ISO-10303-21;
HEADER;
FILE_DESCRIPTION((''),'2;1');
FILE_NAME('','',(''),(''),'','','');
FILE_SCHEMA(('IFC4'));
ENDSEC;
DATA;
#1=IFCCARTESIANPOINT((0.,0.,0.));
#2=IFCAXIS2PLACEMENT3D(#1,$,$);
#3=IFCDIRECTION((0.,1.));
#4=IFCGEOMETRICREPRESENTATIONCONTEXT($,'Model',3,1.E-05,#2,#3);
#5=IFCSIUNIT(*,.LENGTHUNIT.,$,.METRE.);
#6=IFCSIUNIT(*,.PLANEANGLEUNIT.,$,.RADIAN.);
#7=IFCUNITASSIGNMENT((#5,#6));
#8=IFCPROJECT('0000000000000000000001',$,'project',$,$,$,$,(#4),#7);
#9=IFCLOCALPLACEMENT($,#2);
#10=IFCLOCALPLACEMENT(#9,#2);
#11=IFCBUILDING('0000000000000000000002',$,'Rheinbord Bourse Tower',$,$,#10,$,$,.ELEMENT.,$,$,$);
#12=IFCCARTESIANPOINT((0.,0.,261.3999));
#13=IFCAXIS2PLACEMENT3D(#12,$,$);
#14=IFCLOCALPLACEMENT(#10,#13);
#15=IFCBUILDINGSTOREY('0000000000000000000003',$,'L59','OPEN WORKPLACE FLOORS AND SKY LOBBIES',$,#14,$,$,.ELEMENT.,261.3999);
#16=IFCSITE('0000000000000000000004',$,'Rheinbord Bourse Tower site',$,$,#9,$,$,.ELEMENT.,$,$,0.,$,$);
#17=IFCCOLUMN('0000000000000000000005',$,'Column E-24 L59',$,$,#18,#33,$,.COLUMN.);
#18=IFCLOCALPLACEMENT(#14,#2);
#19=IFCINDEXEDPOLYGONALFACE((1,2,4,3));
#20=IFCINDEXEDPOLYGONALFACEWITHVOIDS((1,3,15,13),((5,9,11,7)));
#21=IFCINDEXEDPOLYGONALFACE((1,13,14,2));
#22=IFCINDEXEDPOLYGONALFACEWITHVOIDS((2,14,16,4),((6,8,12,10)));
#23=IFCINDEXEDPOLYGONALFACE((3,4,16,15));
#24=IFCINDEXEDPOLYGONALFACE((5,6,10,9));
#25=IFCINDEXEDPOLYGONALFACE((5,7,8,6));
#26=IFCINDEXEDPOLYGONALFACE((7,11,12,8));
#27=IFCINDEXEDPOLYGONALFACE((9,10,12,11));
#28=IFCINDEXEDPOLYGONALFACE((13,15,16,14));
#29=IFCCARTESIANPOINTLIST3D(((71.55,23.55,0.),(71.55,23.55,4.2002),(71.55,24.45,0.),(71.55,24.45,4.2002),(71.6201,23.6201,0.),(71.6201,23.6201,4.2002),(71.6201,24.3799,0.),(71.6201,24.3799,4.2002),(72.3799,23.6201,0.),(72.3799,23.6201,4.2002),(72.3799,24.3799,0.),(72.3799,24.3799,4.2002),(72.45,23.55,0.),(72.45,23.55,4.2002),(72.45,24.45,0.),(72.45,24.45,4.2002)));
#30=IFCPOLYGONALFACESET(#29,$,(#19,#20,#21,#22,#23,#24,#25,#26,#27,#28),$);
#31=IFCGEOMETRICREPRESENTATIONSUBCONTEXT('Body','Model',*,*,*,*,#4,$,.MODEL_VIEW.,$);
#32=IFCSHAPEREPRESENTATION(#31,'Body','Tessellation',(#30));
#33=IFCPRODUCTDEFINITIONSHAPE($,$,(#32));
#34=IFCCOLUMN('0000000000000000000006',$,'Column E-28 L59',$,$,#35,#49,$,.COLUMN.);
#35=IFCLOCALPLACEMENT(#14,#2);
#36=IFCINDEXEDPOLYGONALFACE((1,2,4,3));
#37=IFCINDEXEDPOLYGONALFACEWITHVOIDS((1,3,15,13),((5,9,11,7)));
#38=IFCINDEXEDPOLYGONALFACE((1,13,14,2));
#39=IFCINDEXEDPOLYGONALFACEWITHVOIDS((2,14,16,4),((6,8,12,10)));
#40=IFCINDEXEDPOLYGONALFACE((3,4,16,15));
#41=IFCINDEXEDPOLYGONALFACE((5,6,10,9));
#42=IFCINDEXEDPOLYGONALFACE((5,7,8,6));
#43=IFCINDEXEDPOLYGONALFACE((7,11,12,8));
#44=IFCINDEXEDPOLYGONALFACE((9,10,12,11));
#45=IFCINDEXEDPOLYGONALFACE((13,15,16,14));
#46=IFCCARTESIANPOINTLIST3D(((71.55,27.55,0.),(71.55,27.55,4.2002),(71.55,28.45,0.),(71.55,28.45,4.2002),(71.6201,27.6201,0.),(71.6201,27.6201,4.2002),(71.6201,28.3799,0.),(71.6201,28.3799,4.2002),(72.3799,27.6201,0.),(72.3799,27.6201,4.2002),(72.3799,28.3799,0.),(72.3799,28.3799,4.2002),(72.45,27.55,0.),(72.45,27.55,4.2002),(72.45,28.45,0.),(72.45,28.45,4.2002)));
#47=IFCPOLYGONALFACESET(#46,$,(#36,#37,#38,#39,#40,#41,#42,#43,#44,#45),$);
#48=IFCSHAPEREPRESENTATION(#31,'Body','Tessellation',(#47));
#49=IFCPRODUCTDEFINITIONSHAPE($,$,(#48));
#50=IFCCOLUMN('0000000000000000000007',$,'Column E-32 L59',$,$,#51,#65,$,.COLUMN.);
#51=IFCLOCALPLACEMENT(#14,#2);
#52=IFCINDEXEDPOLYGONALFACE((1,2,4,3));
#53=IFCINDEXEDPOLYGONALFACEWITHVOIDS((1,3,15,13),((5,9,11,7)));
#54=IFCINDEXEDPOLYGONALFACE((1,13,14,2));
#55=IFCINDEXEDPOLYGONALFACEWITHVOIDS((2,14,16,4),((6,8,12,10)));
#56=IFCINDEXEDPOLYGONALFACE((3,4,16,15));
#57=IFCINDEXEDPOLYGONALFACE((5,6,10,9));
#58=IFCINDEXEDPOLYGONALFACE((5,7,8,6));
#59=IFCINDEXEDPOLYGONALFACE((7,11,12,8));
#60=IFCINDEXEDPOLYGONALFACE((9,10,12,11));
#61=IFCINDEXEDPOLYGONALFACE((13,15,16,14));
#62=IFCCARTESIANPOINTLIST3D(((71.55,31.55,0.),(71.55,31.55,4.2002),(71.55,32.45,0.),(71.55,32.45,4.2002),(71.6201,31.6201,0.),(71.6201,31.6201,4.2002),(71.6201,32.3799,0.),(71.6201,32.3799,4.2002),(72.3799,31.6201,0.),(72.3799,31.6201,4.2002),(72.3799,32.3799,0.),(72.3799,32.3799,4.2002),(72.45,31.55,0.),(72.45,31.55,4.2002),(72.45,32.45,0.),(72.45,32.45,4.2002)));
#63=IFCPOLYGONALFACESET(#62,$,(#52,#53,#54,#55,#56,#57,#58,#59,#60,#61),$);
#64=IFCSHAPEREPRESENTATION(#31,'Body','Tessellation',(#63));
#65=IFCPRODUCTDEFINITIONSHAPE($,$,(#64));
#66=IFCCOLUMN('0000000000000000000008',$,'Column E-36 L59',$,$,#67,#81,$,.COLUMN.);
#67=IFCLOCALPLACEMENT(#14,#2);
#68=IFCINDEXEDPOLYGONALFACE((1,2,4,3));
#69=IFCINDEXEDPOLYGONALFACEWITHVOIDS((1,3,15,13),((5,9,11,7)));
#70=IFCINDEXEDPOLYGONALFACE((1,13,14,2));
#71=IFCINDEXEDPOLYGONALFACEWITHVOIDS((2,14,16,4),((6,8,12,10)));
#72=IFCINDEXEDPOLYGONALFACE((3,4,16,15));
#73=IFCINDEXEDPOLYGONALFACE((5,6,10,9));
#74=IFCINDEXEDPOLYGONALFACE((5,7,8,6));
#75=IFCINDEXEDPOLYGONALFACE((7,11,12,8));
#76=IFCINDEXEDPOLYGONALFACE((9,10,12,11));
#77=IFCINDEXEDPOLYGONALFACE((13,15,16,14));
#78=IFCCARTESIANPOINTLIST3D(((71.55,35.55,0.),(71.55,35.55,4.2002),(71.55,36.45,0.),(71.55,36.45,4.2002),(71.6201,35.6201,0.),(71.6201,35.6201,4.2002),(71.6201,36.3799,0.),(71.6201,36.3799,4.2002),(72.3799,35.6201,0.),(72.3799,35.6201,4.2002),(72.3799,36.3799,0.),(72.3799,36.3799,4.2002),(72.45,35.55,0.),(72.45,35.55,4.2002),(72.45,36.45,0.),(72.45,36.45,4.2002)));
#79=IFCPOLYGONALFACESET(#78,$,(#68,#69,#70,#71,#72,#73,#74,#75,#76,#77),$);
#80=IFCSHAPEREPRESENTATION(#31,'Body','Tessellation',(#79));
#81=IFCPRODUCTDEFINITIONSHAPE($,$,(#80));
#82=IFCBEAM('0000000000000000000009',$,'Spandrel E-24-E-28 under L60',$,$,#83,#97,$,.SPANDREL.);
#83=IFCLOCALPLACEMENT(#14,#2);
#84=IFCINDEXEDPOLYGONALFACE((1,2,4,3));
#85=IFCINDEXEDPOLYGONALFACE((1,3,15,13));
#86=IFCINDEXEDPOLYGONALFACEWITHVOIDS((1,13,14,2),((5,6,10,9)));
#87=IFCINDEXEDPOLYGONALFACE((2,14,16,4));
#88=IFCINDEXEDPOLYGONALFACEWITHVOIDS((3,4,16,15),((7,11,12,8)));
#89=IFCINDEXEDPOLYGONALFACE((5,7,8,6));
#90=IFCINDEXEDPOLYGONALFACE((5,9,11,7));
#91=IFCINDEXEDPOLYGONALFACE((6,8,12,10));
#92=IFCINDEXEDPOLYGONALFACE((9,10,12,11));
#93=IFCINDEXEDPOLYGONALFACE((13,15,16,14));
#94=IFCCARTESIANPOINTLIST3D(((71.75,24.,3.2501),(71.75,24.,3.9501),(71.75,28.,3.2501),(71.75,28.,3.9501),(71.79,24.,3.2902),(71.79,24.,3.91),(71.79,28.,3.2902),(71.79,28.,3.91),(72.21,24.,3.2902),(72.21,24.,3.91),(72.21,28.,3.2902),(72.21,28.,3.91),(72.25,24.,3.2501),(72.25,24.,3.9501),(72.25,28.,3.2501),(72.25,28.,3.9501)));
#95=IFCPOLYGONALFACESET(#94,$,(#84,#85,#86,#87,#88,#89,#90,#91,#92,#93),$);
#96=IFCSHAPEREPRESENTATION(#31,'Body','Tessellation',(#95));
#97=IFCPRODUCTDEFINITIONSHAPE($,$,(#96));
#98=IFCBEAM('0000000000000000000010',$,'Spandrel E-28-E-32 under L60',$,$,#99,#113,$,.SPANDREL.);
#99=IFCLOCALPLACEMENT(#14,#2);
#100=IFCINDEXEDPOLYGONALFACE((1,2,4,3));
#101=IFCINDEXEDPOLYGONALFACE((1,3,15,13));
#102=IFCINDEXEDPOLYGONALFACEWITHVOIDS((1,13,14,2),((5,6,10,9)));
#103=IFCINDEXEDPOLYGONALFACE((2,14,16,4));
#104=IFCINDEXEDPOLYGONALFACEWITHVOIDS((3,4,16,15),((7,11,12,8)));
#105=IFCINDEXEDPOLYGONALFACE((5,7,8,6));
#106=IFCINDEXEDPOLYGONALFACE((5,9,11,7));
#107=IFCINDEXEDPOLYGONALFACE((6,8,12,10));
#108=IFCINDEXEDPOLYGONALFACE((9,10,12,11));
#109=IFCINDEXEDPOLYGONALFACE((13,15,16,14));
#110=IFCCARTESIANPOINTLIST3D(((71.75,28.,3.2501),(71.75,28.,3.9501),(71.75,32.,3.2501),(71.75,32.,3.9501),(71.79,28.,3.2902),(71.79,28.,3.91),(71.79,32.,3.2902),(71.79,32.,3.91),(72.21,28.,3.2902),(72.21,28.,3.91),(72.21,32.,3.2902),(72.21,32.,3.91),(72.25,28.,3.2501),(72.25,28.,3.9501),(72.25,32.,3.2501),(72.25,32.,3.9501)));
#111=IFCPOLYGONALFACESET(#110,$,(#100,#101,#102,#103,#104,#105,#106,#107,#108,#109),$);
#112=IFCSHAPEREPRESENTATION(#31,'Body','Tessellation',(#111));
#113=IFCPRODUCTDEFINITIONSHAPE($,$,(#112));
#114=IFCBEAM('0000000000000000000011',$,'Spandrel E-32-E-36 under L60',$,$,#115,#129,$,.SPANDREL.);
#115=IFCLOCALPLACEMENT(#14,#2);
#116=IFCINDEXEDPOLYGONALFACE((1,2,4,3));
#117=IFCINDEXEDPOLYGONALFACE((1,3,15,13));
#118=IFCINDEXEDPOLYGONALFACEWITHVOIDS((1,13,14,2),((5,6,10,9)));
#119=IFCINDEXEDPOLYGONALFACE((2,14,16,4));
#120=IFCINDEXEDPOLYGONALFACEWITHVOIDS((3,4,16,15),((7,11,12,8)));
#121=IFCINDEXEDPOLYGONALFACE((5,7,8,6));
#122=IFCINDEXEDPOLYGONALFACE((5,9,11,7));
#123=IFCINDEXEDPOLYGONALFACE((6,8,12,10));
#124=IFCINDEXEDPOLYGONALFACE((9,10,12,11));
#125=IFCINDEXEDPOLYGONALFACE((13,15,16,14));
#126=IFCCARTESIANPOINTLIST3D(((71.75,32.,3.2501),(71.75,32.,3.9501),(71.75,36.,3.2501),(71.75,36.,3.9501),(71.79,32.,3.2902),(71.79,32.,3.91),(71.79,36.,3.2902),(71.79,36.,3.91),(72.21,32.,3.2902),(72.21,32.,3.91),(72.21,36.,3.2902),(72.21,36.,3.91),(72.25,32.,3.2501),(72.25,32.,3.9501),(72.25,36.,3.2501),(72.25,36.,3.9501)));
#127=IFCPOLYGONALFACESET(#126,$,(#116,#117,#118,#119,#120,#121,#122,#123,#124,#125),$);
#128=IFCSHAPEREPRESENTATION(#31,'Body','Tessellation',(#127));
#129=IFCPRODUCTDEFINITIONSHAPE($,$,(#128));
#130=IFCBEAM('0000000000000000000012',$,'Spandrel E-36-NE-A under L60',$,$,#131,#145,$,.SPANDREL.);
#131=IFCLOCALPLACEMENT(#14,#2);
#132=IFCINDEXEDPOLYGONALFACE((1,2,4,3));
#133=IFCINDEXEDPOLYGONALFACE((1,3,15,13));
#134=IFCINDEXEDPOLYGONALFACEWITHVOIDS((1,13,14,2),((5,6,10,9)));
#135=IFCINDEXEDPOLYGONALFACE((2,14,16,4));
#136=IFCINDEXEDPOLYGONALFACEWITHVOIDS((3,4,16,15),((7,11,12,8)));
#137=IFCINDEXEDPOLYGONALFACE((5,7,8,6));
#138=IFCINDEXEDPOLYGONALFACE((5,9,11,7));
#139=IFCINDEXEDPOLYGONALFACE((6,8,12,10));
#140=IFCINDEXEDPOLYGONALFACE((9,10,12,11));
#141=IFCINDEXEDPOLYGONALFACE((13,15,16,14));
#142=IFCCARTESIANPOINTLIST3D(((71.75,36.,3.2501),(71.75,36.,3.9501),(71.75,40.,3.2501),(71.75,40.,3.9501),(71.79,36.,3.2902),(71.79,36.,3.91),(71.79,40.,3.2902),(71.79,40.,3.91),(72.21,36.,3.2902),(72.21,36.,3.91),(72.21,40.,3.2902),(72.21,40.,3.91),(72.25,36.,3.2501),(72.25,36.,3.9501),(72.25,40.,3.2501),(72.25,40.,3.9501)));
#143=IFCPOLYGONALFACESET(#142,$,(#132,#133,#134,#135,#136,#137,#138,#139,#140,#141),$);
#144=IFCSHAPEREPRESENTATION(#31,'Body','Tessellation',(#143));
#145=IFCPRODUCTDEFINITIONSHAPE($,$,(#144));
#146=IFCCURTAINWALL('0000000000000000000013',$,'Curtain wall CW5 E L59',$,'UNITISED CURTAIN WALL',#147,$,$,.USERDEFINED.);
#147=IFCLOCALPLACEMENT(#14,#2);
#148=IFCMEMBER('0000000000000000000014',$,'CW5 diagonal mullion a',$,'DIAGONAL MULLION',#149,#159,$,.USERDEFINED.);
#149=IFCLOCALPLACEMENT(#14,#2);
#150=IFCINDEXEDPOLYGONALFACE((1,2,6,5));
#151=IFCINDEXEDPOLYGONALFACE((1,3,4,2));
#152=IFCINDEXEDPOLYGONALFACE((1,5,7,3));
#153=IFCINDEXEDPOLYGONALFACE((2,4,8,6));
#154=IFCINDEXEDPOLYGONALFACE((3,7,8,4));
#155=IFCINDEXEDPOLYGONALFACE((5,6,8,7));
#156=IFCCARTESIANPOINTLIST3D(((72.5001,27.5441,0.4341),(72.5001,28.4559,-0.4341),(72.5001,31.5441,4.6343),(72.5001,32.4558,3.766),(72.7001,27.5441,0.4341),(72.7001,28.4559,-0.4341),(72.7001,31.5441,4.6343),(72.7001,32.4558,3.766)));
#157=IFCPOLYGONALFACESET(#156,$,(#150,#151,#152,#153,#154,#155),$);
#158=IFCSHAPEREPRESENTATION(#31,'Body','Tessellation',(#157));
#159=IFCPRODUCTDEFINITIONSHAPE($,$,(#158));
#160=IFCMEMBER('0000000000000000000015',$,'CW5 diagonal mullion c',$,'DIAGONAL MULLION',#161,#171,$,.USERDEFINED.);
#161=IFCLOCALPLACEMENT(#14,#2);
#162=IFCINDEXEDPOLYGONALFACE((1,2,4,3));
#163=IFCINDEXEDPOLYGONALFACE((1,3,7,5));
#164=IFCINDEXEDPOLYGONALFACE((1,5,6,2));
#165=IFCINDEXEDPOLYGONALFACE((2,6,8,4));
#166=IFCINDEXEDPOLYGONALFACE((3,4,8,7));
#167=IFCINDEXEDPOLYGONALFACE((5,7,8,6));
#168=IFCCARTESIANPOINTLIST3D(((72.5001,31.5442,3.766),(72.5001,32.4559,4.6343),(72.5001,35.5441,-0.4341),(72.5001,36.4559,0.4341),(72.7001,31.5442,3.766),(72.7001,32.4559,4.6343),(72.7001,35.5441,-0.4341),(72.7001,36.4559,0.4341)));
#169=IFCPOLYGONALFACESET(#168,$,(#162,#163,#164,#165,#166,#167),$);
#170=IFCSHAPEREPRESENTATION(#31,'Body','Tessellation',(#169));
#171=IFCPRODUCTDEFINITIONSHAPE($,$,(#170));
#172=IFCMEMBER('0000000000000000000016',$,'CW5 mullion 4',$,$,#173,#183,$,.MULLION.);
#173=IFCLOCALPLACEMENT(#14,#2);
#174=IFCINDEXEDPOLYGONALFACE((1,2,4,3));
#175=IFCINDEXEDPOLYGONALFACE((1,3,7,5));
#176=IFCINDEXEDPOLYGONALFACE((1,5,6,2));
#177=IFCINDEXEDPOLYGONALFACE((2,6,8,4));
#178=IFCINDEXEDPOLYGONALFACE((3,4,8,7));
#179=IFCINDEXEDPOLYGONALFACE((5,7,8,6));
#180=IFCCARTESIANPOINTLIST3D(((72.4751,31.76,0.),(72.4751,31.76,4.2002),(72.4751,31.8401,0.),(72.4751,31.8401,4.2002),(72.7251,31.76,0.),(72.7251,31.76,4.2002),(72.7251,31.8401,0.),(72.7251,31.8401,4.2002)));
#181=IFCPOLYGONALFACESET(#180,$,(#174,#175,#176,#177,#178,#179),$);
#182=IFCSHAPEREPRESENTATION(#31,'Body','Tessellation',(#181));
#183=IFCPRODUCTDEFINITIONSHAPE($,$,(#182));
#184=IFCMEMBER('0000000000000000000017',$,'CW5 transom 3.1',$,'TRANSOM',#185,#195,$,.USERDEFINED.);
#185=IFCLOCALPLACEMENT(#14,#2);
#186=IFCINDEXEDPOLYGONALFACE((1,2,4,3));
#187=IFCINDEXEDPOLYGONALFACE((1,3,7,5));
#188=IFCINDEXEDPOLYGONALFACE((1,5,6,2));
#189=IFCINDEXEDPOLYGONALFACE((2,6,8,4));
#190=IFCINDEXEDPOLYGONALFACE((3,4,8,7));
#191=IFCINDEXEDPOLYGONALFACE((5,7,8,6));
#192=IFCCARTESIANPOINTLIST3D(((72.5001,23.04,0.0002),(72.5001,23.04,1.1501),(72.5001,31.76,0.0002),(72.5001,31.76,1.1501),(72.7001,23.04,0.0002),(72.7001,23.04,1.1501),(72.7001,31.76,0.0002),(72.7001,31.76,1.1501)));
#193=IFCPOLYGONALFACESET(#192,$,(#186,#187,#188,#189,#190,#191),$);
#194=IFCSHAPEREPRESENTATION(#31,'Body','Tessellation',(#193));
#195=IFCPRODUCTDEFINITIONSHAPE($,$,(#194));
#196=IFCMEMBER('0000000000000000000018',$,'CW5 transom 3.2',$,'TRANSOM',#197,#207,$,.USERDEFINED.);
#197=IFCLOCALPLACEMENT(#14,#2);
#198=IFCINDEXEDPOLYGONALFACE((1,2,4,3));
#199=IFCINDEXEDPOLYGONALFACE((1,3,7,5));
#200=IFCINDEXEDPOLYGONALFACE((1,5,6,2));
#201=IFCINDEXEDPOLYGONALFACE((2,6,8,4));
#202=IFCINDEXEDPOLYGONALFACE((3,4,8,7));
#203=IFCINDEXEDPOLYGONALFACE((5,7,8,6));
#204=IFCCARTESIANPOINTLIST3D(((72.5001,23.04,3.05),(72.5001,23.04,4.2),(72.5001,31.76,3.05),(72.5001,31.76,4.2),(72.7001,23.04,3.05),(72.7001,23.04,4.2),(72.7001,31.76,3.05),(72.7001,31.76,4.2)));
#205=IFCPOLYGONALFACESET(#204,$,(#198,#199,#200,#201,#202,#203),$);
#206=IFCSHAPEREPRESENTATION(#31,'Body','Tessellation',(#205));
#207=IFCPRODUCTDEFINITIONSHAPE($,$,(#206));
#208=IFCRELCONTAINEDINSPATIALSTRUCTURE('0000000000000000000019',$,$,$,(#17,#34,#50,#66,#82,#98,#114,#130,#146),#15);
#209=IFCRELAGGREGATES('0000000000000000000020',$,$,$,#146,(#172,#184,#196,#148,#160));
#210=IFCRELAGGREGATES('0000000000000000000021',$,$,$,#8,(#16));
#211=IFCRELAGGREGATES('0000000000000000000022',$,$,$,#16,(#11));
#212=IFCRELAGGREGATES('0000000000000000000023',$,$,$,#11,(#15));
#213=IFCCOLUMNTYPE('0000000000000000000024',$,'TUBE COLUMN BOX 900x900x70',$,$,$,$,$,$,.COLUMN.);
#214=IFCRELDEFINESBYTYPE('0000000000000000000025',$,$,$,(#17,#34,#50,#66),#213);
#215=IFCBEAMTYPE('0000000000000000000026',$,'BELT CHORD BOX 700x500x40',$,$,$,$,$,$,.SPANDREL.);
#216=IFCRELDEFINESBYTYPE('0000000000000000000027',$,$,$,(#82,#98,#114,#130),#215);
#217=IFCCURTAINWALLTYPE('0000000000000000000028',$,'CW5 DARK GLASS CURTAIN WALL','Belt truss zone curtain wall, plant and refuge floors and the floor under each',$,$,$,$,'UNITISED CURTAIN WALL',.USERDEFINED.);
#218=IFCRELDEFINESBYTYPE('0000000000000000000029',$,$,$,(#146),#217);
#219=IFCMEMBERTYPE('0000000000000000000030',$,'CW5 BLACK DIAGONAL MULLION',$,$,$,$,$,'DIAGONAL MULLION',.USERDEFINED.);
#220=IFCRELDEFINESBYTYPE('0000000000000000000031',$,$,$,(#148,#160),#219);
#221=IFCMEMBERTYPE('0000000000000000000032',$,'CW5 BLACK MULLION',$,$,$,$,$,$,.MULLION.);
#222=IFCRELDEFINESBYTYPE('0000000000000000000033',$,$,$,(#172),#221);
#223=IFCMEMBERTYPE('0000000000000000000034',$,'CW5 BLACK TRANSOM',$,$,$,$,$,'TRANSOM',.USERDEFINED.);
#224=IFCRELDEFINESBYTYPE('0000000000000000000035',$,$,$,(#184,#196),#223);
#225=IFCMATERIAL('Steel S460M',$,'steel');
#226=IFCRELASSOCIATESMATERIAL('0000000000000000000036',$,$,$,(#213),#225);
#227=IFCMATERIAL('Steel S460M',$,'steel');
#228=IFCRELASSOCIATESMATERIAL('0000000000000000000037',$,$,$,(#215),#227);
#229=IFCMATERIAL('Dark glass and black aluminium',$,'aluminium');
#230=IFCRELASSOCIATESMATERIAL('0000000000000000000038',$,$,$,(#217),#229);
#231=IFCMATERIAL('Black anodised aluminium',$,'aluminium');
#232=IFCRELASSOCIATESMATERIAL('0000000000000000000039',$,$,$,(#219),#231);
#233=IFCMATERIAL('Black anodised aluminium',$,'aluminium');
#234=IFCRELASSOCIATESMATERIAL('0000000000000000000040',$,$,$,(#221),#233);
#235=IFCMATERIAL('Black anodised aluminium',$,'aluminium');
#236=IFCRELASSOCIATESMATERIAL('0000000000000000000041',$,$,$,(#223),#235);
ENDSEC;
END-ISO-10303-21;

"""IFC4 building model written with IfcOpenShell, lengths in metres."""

from ifc_helpers import new_model, si_unit, direction, frame, origin, origin_2d, place, context, subcontext, project, spatial, rectangle, hollow_rectangle, extrude, material, material_profile, profile_set, type_object, element, aggregate, save


model = new_model("IFC4")

# Units and contexts
model_context = context("Model", 3, precision=1e-05, world=origin(), true_north=direction((0.0, 1.0)))
body_context = subcontext(model_context, "Body", "Model", "MODEL_VIEW")
ifc_project = project(units=[si_unit("LENGTHUNIT", "METRE"), si_unit("PLANEANGLEUNIT", "RADIAN")], contexts=[model_context])

# Site, building, storey
site_placement = place(None, origin())
site = spatial("IfcSite", under=ifc_project, at=site_placement, Name="Rheinbord Bourse Tower site", CompositionType="ELEMENT", RefElevation=0.0)
building_placement = place(site_placement, origin())
building = spatial("IfcBuilding", under=site, at=building_placement, Name="Rheinbord Bourse Tower", CompositionType="ELEMENT")
storey_placement = place(building_placement, frame((0.0, 0.0, 261.3999)))
storey = spatial("IfcBuildingStorey", under=building, at=storey_placement, Name="L59", Description="OPEN WORKPLACE FLOORS AND SKY LOBBIES", CompositionType="ELEMENT", Elevation=261.3999)

# Columns
ifc_material_1 = material(Name="Steel S460M", Category="steel")
ifc_material_profile_1 = material_profile(ifc_material_1, hollow_rectangle(XDim=0.8999, YDim=0.8999, WallThickness=0.0701, at=origin_2d()), Name="BOX 900x900x70")
ifc_profile_set_1 = profile_set([ifc_material_profile_1], Name="Steel S460M")
column_type = type_object("IfcColumnType", Name="TUBE COLUMN BOX 900x900x70", PredefinedType="COLUMN", material=ifc_profile_set_1)
for number, where, z_axis, x_axis, name in (
    (1, (72.0, 24.0, 0.0), (0.0, 0.0, 1.0), (1.0, 0.0, 0.0), "Column E-24 L59"),
    (2, (72.0, 28.0, 0.0), (0.0, 0.0, 1.0), (1.0, 0.0, 0.0), "Column E-28 L59"),
    (3, (72.0, 32.0, 0.0), (0.0, 0.0, 1.0), (1.0, 0.0, 0.0), "Column E-32 L59"),
    (4, (72.0, 36.0, 0.0), (0.0, 0.0, 1.0), (1.0, 0.0, 0.0), "Column E-36 L59"),
):
    element("IfcColumn", number, at=place(storey_placement, frame(where, z_axis=z_axis, x_axis=x_axis)), inside=storey, type_object=column_type, Name=name, PredefinedType="COLUMN", context=body_context, shape_type="SweptSolid", body=[
        extrude(hollow_rectangle(XDim=0.8999, YDim=0.8999, WallThickness=0.0701, at=origin_2d()), origin(), (0.0, 0.0, 1.0), 4.2002),
    ])

# Beams
ifc_material_2 = material(Name="Steel S460M", Category="steel")
ifc_material_profile_2 = material_profile(ifc_material_2, hollow_rectangle(XDim=0.5, YDim=0.7, WallThickness=0.04, at=origin_2d()), Name="BOX 700x500x40")
ifc_profile_set_2 = profile_set([ifc_material_profile_2], Name="Steel S460M")
beam_type_1 = type_object("IfcBeamType", Name="BELT CHORD BOX 700x500x40", PredefinedType="SPANDREL", material=ifc_profile_set_2)
for number, where, z_axis, x_axis, name in (
    (5, (72.0, 24.0, 3.6001), (0.0, 1.0, 0.0), (-1.0, 0.0, 0.0), "Spandrel E-24-E-28 under L60"),
    (6, (72.0, 28.0, 3.6001), (0.0, 1.0, 0.0), (-1.0, 0.0, 0.0), "Spandrel E-28-E-32 under L60"),
    (7, (72.0, 32.0, 3.6001), (0.0, 1.0, 0.0), (-1.0, 0.0, 0.0), "Spandrel E-32-E-36 under L60"),
    (8, (72.0, 36.0, 3.6001), (0.0, 1.0, 0.0), (-1.0, 0.0, 0.0), "Spandrel E-36-NE-A under L60"),
):
    element("IfcBeam", number, at=place(storey_placement, frame(where, z_axis=z_axis, x_axis=x_axis)), inside=storey, type_object=beam_type_1, Name=name, PredefinedType="SPANDREL", context=body_context, shape_type="SweptSolid", body=[
        extrude(hollow_rectangle(XDim=0.5, YDim=0.7, WallThickness=0.04, at=origin_2d()), origin(), (0.0, 0.0, 1.0), 4.0),
    ])

# Curtain wall, members
ifc_material_3 = material(Name="Dark glass and black aluminium", Category="aluminium")
curtain_wall_type = type_object("IfcCurtainWallType", Name="CW5 DARK GLASS CURTAIN WALL", Description="Belt truss zone curtain wall, plant and refuge floors and the floor under each", ElementType="UNITISED CURTAIN WALL", PredefinedType="USERDEFINED", material=ifc_material_3)
curtain_wall_placement = place(storey_placement, origin())
curtain_wall = element("IfcCurtainWall", 9, at=curtain_wall_placement, inside=storey, type_object=curtain_wall_type, Name="Curtain wall CW5 E L59", ObjectType="UNITISED CURTAIN WALL", PredefinedType="USERDEFINED")
ifc_material_4 = material(Name="Black anodised aluminium", Category="aluminium")
ifc_material_profile_3 = material_profile(ifc_material_4, rectangle(XDim=0.2, YDim=1.259, at=origin_2d()), Name="CW5 DIAGONAL MULLION 1259x200")
ifc_profile_set_3 = profile_set([ifc_material_profile_3], Name="Black anodised aluminium")
member_type_1 = type_object("IfcMemberType", Name="CW5 BLACK DIAGONAL MULLION", ElementType="DIAGONAL MULLION", PredefinedType="USERDEFINED", material=ifc_profile_set_3)
member_1_placement = place(storey_placement, frame((72.6001, 28.0, 0.0), z_axis=(0.0, 0.689638, 0.724154), x_axis=(-1.0, 0.0, 0.0)))
member_1 = element("IfcMember", 10, at=member_1_placement, type_object=member_type_1, Name="CW5 diagonal mullion a", ObjectType="DIAGONAL MULLION", PredefinedType="USERDEFINED", context=body_context, shape_type="SweptSolid", body=[
    extrude(rectangle(XDim=0.2, YDim=1.259, at=origin_2d()), origin(), (0.0, 0.0, 1.0), 5.8),
])
member_2_placement = place(storey_placement, frame((72.6001, 36.0, 0.0), z_axis=(0.0, -0.689638, 0.724154), x_axis=(1.0, 0.0, 0.0)))
member_2 = element("IfcMember", 11, at=member_2_placement, type_object=member_type_1, Name="CW5 diagonal mullion c", ObjectType="DIAGONAL MULLION", PredefinedType="USERDEFINED", context=body_context, shape_type="SweptSolid", body=[
    extrude(rectangle(XDim=0.2, YDim=1.259, at=origin_2d()), origin(), (0.0, 0.0, 1.0), 5.8),
])
ifc_material_5 = material(Name="Black anodised aluminium", Category="aluminium")
ifc_material_profile_4 = material_profile(ifc_material_5, rectangle(XDim=0.25, YDim=0.0801, at=origin_2d()), Name="CW5 MULLION 80x250")
ifc_profile_set_4 = profile_set([ifc_material_profile_4], Name="Black anodised aluminium")
member_type_2 = type_object("IfcMemberType", Name="CW5 BLACK MULLION", PredefinedType="MULLION", material=ifc_profile_set_4)
member_3_placement = place(storey_placement, frame((72.6001, 31.8, 0.0), z_axis=(0.0, 0.0, 1.0), x_axis=(-1.0, 0.0, 0.0)))
member_3 = element("IfcMember", 12, at=member_3_placement, type_object=member_type_2, Name="CW5 mullion 4", PredefinedType="MULLION", context=body_context, shape_type="SweptSolid", body=[
    extrude(rectangle(XDim=0.25, YDim=0.0801, at=origin_2d()), origin(), (0.0, 0.0, 1.0), 4.2002),
])
ifc_material_6 = material(Name="Black anodised aluminium", Category="aluminium")
ifc_material_profile_5 = material_profile(ifc_material_6, rectangle(XDim=0.2, YDim=1.1499, at=origin_2d()), Name="CW5 TRANSOM 1150x200")
ifc_profile_set_5 = profile_set([ifc_material_profile_5], Name="Black anodised aluminium")
member_type_3 = type_object("IfcMemberType", Name="CW5 BLACK TRANSOM", ElementType="TRANSOM", PredefinedType="USERDEFINED", material=ifc_profile_set_5)
member_4_placement = place(storey_placement, frame((72.6001, 23.04, 0.5752), z_axis=(0.0, 1.0, 0.0), x_axis=(-1.0, 0.0, 0.0)))
member_4 = element("IfcMember", 13, at=member_4_placement, type_object=member_type_3, Name="CW5 transom 3.1", ObjectType="TRANSOM", PredefinedType="USERDEFINED", context=body_context, shape_type="SweptSolid", body=[
    extrude(rectangle(XDim=0.2, YDim=1.1499, at=origin_2d()), origin(), (0.0, 0.0, 1.0), 8.72),
])
member_5_placement = place(storey_placement, frame((72.6001, 23.04, 3.625), z_axis=(0.0, 1.0, 0.0), x_axis=(-1.0, 0.0, 0.0)))
member_5 = element("IfcMember", 14, at=member_5_placement, type_object=member_type_3, Name="CW5 transom 3.2", ObjectType="TRANSOM", PredefinedType="USERDEFINED", context=body_context, shape_type="SweptSolid", body=[
    extrude(rectangle(XDim=0.2, YDim=1.1499, at=origin_2d()), origin(), (0.0, 0.0, 1.0), 8.72),
])

aggregate(curtain_wall, [member_3, member_4, member_5, member_1, member_2])

save(model, "model.ifc")
